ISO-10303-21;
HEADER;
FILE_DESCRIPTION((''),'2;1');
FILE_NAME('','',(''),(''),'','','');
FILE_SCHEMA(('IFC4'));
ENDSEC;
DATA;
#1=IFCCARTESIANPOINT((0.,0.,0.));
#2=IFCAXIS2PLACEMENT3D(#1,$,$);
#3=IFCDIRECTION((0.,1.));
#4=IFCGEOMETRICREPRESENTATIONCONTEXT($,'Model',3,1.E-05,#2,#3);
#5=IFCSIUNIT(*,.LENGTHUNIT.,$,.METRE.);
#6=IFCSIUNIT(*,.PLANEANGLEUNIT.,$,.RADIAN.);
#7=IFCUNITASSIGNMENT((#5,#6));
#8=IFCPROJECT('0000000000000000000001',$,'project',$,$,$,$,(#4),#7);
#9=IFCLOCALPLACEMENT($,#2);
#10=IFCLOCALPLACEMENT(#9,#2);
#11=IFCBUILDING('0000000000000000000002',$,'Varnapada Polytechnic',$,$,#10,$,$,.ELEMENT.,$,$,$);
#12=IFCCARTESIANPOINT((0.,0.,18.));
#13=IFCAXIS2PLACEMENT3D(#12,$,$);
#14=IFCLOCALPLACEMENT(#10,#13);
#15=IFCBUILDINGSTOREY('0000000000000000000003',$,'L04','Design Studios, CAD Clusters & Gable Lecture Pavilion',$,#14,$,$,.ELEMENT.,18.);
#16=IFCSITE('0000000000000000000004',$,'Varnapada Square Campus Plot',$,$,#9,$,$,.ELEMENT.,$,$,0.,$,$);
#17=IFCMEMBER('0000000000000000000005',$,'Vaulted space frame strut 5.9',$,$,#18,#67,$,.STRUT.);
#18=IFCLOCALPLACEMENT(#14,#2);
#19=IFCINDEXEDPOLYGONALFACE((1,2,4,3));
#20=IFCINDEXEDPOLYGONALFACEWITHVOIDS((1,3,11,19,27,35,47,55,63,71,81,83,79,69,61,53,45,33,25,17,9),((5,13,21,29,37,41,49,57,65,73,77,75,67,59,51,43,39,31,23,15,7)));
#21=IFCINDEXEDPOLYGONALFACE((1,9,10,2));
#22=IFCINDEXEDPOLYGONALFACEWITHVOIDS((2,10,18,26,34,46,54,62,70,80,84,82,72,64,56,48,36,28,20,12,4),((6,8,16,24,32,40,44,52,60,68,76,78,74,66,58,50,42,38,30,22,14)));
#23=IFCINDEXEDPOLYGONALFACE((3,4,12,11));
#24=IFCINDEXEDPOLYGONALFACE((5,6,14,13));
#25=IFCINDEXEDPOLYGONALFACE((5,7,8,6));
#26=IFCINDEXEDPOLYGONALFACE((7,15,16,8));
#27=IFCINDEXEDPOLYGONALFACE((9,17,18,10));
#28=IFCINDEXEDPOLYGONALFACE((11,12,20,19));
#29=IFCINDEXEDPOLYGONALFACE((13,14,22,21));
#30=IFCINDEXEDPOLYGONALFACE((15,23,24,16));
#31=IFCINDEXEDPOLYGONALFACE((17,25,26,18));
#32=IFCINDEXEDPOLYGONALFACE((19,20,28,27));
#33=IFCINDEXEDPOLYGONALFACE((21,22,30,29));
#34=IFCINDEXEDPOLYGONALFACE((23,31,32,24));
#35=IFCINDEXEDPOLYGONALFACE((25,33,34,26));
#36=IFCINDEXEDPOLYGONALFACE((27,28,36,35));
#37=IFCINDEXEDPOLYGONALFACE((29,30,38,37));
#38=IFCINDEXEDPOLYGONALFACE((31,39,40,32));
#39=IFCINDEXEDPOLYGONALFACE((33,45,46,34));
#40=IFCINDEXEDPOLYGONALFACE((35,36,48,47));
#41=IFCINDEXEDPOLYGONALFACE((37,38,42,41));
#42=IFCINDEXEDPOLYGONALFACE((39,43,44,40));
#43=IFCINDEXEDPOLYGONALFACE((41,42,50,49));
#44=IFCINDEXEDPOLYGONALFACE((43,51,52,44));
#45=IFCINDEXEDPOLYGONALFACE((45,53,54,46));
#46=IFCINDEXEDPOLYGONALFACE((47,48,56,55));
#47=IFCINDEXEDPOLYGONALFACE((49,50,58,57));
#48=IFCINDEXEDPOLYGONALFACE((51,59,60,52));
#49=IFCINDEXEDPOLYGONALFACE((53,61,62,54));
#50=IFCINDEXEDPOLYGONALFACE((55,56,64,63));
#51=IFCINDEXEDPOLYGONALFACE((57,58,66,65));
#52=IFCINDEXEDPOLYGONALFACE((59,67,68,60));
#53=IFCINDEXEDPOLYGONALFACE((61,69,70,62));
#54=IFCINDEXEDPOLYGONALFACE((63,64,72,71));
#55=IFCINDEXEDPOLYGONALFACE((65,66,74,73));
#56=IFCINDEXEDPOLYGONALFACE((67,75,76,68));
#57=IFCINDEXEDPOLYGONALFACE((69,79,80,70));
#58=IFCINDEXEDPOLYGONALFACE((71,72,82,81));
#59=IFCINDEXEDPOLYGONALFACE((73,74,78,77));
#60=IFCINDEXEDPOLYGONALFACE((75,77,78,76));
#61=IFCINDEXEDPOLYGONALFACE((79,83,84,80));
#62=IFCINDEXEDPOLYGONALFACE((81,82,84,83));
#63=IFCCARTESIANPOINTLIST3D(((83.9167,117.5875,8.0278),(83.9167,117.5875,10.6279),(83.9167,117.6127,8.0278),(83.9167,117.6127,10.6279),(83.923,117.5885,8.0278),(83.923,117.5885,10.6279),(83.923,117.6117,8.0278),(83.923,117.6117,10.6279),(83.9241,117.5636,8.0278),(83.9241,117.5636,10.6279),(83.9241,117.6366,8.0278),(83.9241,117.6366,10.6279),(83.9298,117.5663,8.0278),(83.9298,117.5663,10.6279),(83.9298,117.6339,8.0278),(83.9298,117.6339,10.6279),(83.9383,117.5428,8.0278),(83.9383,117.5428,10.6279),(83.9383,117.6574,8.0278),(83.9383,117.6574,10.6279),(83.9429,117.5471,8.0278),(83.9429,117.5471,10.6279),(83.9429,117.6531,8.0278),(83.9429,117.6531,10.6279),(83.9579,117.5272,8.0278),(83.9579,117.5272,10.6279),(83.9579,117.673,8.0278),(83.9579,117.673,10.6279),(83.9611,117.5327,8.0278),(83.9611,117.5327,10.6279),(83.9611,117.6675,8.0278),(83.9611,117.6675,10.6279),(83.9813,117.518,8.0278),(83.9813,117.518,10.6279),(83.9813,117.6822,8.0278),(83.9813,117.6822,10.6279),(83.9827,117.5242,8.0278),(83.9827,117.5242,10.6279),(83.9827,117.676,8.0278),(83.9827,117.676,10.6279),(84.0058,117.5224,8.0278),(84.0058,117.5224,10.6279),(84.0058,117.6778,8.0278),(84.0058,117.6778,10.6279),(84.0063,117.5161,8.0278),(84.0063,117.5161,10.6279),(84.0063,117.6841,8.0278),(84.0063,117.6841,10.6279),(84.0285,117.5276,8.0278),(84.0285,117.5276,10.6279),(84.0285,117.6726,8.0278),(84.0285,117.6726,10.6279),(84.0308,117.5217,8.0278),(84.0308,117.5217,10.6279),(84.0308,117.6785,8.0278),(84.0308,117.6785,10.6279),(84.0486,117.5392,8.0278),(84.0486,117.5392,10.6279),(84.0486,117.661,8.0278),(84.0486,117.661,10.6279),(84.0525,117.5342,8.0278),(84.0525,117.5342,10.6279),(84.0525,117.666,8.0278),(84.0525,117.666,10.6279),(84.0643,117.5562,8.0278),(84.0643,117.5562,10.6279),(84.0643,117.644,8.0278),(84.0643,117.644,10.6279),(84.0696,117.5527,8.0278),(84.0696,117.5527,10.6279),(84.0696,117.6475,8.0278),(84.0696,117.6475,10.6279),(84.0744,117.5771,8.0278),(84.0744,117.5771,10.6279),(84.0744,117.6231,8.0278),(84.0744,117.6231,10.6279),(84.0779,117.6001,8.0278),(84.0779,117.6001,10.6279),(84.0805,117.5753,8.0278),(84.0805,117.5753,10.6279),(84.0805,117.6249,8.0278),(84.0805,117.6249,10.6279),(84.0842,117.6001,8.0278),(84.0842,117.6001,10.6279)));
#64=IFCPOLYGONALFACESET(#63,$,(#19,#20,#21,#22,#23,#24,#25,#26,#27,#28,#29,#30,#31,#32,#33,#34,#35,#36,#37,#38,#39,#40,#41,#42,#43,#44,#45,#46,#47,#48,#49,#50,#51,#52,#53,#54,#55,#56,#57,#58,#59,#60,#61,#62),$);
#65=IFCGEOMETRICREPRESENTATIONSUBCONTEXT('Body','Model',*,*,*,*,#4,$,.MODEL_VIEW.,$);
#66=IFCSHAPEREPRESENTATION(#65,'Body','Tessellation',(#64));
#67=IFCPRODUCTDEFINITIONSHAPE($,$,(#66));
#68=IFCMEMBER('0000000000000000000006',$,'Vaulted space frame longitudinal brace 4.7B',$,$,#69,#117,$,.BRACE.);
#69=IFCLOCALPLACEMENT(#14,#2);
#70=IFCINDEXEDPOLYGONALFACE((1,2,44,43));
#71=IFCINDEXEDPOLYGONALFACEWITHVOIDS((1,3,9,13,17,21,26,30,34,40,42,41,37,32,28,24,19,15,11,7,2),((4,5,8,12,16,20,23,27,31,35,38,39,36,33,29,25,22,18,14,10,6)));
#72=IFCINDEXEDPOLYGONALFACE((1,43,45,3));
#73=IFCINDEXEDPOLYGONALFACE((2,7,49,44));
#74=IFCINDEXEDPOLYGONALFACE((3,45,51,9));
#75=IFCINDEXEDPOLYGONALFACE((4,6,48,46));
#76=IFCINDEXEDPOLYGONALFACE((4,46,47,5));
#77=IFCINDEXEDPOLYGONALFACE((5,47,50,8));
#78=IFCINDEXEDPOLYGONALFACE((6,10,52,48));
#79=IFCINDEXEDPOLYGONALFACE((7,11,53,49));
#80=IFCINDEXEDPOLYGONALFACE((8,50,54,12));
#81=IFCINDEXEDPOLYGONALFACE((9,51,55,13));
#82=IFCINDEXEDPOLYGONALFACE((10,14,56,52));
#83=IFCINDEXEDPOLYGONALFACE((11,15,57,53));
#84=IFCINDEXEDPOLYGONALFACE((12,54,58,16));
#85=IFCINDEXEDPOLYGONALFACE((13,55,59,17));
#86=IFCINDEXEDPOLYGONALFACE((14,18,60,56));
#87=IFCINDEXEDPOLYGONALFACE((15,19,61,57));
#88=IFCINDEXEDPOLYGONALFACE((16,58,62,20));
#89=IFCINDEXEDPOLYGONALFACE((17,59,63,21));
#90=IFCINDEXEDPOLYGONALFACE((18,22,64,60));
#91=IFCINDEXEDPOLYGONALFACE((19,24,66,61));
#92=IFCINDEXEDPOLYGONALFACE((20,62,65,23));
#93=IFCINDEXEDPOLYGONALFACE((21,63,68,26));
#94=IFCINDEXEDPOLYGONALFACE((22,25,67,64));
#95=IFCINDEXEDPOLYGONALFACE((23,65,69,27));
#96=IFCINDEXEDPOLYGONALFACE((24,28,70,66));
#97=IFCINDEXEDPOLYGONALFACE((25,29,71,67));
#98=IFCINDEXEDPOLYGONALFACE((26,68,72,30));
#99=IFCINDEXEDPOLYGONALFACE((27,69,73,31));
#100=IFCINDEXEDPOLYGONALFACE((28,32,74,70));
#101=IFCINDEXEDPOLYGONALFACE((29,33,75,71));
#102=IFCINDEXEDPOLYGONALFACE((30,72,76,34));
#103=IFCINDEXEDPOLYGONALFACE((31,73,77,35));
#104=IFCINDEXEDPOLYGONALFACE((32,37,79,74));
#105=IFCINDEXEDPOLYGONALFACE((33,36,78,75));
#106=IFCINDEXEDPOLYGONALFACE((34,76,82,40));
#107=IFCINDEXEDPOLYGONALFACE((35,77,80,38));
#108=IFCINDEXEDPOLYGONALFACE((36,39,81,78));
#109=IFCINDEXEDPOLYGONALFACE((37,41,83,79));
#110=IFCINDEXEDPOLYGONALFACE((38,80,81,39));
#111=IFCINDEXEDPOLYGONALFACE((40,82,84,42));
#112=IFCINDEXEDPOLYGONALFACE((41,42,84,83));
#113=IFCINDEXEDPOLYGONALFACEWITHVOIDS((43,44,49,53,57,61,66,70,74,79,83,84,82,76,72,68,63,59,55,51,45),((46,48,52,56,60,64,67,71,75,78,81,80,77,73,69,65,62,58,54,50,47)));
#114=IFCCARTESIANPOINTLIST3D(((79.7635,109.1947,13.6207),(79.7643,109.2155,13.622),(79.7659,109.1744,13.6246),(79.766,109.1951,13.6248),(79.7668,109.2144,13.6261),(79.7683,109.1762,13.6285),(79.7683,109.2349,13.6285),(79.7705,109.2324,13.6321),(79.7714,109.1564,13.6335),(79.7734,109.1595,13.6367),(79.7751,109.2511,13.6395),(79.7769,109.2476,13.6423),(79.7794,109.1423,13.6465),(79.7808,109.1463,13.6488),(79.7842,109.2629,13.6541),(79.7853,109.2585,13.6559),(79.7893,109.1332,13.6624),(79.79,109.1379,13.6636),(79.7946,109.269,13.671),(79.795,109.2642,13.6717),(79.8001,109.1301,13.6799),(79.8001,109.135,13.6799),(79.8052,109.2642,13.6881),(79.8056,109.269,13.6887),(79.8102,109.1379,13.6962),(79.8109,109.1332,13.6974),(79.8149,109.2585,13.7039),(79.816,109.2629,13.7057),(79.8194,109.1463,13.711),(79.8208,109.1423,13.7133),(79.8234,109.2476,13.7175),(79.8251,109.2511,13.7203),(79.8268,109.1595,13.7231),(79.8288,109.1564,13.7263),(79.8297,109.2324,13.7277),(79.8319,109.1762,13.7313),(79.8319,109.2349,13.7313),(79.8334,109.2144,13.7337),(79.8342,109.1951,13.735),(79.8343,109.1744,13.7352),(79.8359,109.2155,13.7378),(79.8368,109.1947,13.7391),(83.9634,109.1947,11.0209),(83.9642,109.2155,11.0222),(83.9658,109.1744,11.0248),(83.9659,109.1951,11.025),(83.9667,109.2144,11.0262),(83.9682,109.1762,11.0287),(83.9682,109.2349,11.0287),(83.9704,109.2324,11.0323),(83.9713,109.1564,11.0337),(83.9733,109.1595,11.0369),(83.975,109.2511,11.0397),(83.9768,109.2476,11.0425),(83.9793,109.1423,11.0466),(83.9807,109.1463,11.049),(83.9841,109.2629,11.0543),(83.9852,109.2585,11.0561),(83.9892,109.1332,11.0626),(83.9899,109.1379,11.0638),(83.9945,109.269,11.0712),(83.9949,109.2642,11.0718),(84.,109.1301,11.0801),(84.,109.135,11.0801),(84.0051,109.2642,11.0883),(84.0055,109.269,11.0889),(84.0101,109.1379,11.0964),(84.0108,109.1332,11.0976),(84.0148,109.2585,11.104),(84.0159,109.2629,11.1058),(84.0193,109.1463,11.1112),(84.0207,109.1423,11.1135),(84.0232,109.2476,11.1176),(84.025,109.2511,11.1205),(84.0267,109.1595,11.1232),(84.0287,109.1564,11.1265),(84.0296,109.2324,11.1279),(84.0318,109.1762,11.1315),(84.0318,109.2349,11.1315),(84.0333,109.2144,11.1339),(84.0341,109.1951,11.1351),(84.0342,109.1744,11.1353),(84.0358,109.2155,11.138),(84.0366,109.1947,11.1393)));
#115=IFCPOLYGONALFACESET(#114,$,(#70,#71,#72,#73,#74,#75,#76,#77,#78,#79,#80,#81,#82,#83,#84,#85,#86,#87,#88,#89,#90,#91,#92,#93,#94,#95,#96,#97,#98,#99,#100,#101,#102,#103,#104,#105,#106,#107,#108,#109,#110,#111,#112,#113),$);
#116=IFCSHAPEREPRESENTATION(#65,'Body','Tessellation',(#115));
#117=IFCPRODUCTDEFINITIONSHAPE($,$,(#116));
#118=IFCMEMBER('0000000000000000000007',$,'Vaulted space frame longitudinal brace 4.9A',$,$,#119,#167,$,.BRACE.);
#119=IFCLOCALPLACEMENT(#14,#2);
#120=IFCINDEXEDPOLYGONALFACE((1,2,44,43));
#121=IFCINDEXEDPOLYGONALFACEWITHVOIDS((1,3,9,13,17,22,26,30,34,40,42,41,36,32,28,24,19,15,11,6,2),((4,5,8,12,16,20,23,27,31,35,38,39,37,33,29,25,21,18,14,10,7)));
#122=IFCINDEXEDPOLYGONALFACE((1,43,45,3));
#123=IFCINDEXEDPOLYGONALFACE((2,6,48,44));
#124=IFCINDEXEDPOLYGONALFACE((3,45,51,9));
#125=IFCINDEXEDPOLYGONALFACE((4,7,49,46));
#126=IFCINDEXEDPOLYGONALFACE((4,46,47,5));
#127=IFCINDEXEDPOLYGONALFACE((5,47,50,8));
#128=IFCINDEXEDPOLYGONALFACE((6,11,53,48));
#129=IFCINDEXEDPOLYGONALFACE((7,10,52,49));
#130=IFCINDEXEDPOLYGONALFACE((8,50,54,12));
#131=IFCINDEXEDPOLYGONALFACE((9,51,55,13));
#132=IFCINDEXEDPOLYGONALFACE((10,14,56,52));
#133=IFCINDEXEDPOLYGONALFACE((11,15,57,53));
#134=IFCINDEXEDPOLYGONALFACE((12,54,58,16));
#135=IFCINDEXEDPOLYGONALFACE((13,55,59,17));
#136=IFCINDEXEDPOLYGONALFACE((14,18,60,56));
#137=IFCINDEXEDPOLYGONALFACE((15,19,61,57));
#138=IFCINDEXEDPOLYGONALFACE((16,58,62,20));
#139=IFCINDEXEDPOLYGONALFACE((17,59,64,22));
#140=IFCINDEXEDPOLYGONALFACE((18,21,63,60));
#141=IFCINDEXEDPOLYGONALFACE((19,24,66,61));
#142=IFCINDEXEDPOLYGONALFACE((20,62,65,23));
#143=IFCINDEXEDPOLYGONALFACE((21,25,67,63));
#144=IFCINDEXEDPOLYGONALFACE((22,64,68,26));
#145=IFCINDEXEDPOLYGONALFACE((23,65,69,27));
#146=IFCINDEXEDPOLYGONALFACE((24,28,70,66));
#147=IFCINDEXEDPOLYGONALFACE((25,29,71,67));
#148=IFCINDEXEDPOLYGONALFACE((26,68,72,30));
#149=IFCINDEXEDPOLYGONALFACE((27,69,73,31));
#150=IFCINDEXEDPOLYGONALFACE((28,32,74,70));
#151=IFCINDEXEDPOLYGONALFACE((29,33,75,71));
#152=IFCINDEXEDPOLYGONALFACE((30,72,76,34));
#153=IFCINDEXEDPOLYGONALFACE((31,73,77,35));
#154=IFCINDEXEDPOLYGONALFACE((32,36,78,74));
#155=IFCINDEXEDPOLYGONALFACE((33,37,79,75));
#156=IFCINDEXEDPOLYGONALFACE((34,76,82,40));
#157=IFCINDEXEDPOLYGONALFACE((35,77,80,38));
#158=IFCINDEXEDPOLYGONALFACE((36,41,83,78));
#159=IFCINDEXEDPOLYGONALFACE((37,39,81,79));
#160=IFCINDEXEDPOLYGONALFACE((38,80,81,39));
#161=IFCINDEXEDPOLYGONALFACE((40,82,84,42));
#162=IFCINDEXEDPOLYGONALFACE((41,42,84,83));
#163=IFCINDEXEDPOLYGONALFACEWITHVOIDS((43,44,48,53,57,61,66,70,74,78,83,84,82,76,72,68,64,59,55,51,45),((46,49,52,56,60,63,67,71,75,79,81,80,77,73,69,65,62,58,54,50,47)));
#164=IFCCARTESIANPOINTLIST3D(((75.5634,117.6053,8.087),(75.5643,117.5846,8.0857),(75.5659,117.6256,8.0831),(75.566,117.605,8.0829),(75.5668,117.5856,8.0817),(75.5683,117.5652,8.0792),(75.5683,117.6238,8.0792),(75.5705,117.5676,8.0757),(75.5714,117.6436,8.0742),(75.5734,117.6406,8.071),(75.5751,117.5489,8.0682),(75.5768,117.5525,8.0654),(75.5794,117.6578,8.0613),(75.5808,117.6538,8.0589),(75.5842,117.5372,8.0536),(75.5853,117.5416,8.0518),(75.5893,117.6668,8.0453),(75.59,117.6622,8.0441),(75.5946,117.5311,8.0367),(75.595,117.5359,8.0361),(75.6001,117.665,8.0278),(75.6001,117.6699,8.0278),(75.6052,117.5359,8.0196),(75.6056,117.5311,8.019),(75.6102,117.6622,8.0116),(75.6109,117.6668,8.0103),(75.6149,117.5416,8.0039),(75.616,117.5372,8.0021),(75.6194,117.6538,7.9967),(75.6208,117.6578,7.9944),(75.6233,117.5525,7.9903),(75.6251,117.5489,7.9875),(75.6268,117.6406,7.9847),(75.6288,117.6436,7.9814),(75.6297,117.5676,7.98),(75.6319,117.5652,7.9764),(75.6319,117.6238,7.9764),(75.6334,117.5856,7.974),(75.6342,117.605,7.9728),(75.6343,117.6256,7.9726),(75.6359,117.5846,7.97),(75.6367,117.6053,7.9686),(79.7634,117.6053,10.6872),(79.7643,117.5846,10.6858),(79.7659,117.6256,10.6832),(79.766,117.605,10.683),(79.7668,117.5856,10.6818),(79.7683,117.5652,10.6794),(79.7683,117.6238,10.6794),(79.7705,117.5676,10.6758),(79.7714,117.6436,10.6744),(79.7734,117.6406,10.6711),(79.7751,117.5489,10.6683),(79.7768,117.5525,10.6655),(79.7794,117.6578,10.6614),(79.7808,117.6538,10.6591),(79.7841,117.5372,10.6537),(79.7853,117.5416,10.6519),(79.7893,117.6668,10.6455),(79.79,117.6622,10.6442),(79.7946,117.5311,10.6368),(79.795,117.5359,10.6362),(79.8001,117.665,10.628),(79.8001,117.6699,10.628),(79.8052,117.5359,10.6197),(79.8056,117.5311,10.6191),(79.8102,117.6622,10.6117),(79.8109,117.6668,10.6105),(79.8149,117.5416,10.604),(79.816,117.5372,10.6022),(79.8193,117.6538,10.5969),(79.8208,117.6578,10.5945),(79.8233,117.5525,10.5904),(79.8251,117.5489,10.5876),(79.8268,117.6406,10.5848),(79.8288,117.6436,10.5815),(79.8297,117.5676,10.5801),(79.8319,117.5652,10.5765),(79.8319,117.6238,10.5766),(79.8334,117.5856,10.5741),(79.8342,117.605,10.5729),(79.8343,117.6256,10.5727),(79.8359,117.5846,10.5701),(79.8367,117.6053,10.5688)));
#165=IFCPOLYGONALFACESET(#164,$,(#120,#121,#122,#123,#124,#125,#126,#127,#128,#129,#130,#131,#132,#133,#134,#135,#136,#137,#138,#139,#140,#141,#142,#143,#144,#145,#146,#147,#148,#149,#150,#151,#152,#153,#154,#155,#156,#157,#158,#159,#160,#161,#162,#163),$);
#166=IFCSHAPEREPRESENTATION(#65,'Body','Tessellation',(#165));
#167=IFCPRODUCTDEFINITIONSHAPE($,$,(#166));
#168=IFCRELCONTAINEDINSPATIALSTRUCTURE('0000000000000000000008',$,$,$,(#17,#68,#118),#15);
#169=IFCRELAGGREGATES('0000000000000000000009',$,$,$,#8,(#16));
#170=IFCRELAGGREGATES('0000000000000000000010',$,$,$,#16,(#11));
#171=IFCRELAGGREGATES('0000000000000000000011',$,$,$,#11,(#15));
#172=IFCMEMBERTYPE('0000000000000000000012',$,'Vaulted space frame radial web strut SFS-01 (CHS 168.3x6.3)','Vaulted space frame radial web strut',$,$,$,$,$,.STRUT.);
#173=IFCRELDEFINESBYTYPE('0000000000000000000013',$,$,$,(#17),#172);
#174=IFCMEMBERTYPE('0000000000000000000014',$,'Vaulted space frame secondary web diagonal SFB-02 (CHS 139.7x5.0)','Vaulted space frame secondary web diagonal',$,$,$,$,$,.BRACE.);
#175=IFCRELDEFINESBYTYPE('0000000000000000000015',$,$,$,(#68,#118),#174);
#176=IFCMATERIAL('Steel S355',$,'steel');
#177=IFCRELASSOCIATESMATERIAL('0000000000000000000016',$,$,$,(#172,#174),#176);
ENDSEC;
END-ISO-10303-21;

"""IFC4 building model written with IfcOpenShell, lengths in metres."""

from ifc_helpers import new_model, si_unit, direction, frame, origin, origin_2d, place, context, subcontext, project, spatial, hollow_circle, extrude, material, material_profile, profile_set, type_object, element, save


model = new_model("IFC4")

# Units and contexts
model_context = context("Model", 3, precision=1e-05, world=origin(), true_north=direction((0.0, 1.0)))
body_context = subcontext(model_context, "Body", "Model", "MODEL_VIEW")
ifc_project = project(units=[si_unit("LENGTHUNIT", "METRE"), si_unit("PLANEANGLEUNIT", "RADIAN")], contexts=[model_context])

# Site, building, storey
site_placement = place(None, origin())
site = spatial("IfcSite", under=ifc_project, at=site_placement, Name="Varnapada Square Campus Plot", CompositionType="ELEMENT", RefElevation=0.0)
building_placement = place(site_placement, origin())
building = spatial("IfcBuilding", under=site, at=building_placement, Name="Varnapada Polytechnic", CompositionType="ELEMENT")
storey_placement = place(building_placement, frame((0.0, 0.0, 18.0)))
storey = spatial("IfcBuildingStorey", under=building, at=storey_placement, Name="L04", Description="Design Studios, CAD Clusters & Gable Lecture Pavilion", CompositionType="ELEMENT", Elevation=18.0)

# Shared definitions
ifc_material = material(Name="Steel S355", Category="steel")

# Members
ifc_material_profile_1 = material_profile(ifc_material, hollow_circle(Radius=0.0842, WallThickness=0.0063, at=origin_2d()), Name="CHS 168.3x6.3")
ifc_profile_set_1 = profile_set([ifc_material_profile_1], Name="Steel S355")
member_type_1 = type_object("IfcMemberType", Name="Vaulted space frame radial web strut SFS-01 (CHS 168.3x6.3)", Description="Vaulted space frame radial web strut", PredefinedType="STRUT", material=ifc_profile_set_1)
member_1_placement = place(storey_placement, frame((84.0, 117.6001, 8.0278), z_axis=(0.0, 0.0, 1.0), x_axis=(1.0, 0.0, 0.0)))
element("IfcMember", 1, at=member_1_placement, inside=storey, type_object=member_type_1, Name="Vaulted space frame strut 5.9", PredefinedType="STRUT", context=body_context, shape_type="SweptSolid", body=[
    extrude(hollow_circle(Radius=0.0842, WallThickness=0.0063, at=origin_2d()), origin(), (0.0, 0.0, 1.0), 2.6001),
])
ifc_material_profile_2 = material_profile(ifc_material, hollow_circle(Radius=0.0698, WallThickness=0.0049, at=origin_2d()), Name="CHS 139.7x5.0")
ifc_profile_set_2 = profile_set([ifc_material_profile_2], Name="Steel S355")
member_type_2 = type_object("IfcMemberType", Name="Vaulted space frame secondary web diagonal SFB-02 (CHS 139.7x5.0)", Description="Vaulted space frame secondary web diagonal", PredefinedType="BRACE", material=ifc_profile_set_2)
member_2_placement = place(storey_placement, frame((84.0, 109.2, 11.0801), z_axis=(-0.850276, 0.0, 0.526338), x_axis=(0.0, -1.0, 0.0)))
element("IfcMember", 2, at=member_2_placement, inside=storey, type_object=member_type_2, Name="Vaulted space frame longitudinal brace 4.7B", PredefinedType="BRACE", context=body_context, shape_type="SweptSolid", body=[
    extrude(hollow_circle(Radius=0.0698, WallThickness=0.0049, at=origin_2d()), origin(), (0.0, 0.0, 1.0), 4.9395),
])
for number, where, z_axis, x_axis, name in (
    (3, (75.6001, 117.6001, 8.0278), (0.850254, 0.0, 0.526373), (0.0, 1.0, 0.0), "Vaulted space frame longitudinal brace 4.9A"),
):
    element("IfcMember", number, at=place(storey_placement, frame(where, z_axis=z_axis, x_axis=x_axis)), inside=storey, type_object=member_type_2, Name=name, PredefinedType="BRACE", context=body_context, shape_type="SweptSolid", body=[
        extrude(hollow_circle(Radius=0.0698, WallThickness=0.0049, at=origin_2d()), origin(), (0.0, 0.0, 1.0), 4.9397),
    ])

save(model, "model.ifc")
